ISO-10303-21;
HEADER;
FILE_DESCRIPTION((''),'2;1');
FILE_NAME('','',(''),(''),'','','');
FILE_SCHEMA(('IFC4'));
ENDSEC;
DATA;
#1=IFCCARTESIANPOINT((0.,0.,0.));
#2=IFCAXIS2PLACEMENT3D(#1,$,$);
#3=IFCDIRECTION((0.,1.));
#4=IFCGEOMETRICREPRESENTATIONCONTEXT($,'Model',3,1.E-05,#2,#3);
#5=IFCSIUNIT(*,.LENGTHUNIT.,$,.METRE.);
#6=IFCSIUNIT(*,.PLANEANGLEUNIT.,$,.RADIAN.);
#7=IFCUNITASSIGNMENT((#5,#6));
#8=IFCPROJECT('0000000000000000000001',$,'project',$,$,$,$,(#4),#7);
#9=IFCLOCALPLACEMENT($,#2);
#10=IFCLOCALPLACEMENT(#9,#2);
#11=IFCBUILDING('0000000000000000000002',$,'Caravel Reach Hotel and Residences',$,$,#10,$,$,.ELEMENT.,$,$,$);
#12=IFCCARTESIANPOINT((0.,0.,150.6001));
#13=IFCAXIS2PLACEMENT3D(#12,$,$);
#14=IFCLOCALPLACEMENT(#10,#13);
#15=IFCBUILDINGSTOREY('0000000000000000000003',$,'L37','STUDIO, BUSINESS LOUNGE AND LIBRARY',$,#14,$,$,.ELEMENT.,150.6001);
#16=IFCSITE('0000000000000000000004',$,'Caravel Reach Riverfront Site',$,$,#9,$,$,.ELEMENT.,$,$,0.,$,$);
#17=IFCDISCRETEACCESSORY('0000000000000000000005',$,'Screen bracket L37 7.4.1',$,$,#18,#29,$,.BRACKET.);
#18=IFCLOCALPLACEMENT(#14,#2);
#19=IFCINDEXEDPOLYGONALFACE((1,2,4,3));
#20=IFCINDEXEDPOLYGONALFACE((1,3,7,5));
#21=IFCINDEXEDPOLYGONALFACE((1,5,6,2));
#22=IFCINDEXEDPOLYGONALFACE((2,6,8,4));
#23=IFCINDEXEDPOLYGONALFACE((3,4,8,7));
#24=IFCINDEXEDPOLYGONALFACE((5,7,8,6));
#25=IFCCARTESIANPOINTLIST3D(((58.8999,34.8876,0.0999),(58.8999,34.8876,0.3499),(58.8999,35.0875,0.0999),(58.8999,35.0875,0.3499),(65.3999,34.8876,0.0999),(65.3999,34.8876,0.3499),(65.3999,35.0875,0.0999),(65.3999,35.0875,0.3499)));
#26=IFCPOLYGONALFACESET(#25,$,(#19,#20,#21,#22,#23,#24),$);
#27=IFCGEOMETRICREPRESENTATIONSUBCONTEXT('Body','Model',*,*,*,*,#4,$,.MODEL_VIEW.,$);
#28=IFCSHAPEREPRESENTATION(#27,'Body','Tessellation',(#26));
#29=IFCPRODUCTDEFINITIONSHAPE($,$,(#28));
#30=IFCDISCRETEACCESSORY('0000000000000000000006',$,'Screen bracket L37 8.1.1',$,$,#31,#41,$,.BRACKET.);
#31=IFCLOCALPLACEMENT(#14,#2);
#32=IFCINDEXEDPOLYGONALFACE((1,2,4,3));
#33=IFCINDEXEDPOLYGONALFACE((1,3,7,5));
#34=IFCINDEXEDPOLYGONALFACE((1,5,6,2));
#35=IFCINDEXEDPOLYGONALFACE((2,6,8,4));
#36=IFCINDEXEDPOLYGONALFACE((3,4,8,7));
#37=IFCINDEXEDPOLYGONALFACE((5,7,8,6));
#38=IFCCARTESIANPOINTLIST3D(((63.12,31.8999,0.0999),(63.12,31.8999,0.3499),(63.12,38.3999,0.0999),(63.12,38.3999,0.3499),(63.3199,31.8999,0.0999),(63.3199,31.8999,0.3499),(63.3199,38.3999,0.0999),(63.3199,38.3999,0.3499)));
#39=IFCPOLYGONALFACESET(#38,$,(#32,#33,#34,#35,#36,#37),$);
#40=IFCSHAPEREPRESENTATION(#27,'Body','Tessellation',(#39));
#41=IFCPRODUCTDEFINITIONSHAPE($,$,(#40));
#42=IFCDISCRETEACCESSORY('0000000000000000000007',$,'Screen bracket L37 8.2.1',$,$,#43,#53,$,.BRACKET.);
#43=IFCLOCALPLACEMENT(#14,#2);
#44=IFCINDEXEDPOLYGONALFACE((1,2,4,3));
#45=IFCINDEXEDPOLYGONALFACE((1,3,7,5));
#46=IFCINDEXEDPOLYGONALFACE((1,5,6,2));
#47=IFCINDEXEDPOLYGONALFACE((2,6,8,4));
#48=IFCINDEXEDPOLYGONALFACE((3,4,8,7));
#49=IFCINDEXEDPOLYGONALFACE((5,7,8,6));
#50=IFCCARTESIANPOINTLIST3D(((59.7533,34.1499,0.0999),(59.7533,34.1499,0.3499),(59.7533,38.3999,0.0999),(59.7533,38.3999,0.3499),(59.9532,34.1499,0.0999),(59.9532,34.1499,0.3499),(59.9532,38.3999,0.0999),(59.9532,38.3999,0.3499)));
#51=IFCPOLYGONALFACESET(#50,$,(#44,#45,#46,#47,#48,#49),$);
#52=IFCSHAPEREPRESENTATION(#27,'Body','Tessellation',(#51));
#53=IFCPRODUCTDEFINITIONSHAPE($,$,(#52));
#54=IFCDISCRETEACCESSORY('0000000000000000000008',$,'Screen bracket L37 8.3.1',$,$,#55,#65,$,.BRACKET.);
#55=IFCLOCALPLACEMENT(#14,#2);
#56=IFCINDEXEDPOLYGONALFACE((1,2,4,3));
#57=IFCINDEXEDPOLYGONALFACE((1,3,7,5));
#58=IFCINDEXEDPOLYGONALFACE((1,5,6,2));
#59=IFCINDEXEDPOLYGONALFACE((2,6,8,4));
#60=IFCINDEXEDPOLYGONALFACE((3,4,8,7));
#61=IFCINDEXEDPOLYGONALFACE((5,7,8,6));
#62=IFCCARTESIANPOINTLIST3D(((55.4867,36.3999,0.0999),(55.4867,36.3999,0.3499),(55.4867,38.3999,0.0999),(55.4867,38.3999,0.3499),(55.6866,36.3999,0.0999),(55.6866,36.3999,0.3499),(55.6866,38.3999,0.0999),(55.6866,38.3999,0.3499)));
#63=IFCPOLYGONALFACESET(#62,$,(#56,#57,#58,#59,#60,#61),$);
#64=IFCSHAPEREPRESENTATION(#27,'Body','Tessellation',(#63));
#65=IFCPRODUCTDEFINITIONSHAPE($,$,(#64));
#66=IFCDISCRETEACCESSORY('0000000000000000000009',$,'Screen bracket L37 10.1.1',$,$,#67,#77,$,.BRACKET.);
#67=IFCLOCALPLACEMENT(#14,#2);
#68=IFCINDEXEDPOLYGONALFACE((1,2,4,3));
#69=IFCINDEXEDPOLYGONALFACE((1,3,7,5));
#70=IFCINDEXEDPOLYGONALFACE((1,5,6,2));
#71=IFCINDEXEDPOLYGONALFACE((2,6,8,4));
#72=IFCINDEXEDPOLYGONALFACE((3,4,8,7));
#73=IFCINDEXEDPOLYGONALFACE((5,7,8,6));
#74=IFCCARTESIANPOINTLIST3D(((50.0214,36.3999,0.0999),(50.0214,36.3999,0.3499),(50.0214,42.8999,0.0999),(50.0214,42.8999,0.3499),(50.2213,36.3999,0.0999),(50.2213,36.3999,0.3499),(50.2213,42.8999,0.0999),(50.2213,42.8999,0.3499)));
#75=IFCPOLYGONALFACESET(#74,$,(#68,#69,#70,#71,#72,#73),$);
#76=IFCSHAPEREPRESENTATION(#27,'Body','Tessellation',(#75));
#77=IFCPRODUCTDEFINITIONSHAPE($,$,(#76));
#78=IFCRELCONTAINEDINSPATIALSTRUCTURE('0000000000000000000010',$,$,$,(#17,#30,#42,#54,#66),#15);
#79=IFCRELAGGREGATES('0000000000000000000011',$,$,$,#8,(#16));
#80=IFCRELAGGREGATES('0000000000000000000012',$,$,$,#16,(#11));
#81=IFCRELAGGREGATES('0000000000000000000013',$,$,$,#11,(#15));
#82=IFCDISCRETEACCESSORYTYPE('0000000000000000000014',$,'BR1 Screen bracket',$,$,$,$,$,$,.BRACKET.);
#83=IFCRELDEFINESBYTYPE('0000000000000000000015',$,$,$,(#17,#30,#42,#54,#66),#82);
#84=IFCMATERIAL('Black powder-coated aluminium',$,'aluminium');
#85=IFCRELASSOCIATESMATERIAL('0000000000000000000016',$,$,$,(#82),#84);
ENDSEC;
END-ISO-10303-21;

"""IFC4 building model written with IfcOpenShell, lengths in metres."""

from ifc_helpers import new_model, si_unit, direction, frame, origin, origin_2d, place, context, subcontext, project, spatial, rectangle, extrude, material, type_object, element, save


model = new_model("IFC4")

# Units and contexts
model_context = context("Model", 3, precision=1e-05, world=origin(), true_north=direction((0.0, 1.0)))
body_context = subcontext(model_context, "Body", "Model", "MODEL_VIEW")
ifc_project = project(units=[si_unit("LENGTHUNIT", "METRE"), si_unit("PLANEANGLEUNIT", "RADIAN")], contexts=[model_context])

# Site, building, storey
site_placement = place(None, origin())
site = spatial("IfcSite", under=ifc_project, at=site_placement, Name="Caravel Reach Riverfront Site", CompositionType="ELEMENT", RefElevation=0.0)
building_placement = place(site_placement, origin())
building = spatial("IfcBuilding", under=site, at=building_placement, Name="Caravel Reach Hotel and Residences", CompositionType="ELEMENT")
storey_placement = place(building_placement, frame((0.0, 0.0, 150.6001)))
storey = spatial("IfcBuildingStorey", under=building, at=storey_placement, Name="L37", Description="STUDIO, BUSINESS LOUNGE AND LIBRARY", CompositionType="ELEMENT", Elevation=150.6001)

# Discrete accessories
ifc_material_1 = material(Name="Black powder-coated aluminium", Category="aluminium")
discrete_accessory_type = type_object("IfcDiscreteAccessoryType", Name="BR1 Screen bracket", PredefinedType="BRACKET", material=ifc_material_1)
for number, where, z_axis, x_axis, name in (
    (1, (62.1499, 34.9875, 0.0999), (0.0, 0.0, 1.0), (1.0, 0.0, 0.0), "Screen bracket L37 7.4.1"),
    (2, (63.22, 35.1499, 0.0999), (0.0, 0.0, 1.0), (0.0, 1.0, 0.0), "Screen bracket L37 8.1.1"),
):
    element("IfcDiscreteAccessory", number, at=place(storey_placement, frame(where, z_axis=z_axis, x_axis=x_axis)), inside=storey, type_object=discrete_accessory_type, Name=name, PredefinedType="BRACKET", context=body_context, shape_type="SweptSolid", body=[
        extrude(rectangle(XDim=6.5, YDim=0.2, at=origin_2d()), origin(), (0.0, 0.0, 1.0), 0.25),
    ])
discrete_accessory_1_placement = place(storey_placement, frame((59.8533, 36.2749, 0.0999), z_axis=(0.0, 0.0, 1.0), x_axis=(0.0, 1.0, 0.0)))
element("IfcDiscreteAccessory", 3, at=discrete_accessory_1_placement, inside=storey, type_object=discrete_accessory_type, Name="Screen bracket L37 8.2.1", PredefinedType="BRACKET", context=body_context, shape_type="SweptSolid", body=[
    extrude(rectangle(XDim=4.25, YDim=0.2, at=origin_2d()), origin(), (0.0, 0.0, 1.0), 0.25),
])
discrete_accessory_2_placement = place(storey_placement, frame((55.5867, 37.3999, 0.0999), z_axis=(0.0, 0.0, 1.0), x_axis=(0.0, 1.0, 0.0)))
element("IfcDiscreteAccessory", 4, at=discrete_accessory_2_placement, inside=storey, type_object=discrete_accessory_type, Name="Screen bracket L37 8.3.1", PredefinedType="BRACKET", context=body_context, shape_type="SweptSolid", body=[
    extrude(rectangle(XDim=2.0, YDim=0.2, at=origin_2d()), origin(), (0.0, 0.0, 1.0), 0.25),
])
discrete_accessory_3_placement = place(storey_placement, frame((50.1213, 39.6499, 0.0999), z_axis=(0.0, 0.0, 1.0), x_axis=(0.0, 1.0, 0.0)))
element("IfcDiscreteAccessory", 5, at=discrete_accessory_3_placement, inside=storey, type_object=discrete_accessory_type, Name="Screen bracket L37 10.1.1", PredefinedType="BRACKET", context=body_context, shape_type="SweptSolid", body=[
    extrude(rectangle(XDim=6.5, YDim=0.2, at=origin_2d()), origin(), (0.0, 0.0, 1.0), 0.25),
])

save(model, "model.ifc")
